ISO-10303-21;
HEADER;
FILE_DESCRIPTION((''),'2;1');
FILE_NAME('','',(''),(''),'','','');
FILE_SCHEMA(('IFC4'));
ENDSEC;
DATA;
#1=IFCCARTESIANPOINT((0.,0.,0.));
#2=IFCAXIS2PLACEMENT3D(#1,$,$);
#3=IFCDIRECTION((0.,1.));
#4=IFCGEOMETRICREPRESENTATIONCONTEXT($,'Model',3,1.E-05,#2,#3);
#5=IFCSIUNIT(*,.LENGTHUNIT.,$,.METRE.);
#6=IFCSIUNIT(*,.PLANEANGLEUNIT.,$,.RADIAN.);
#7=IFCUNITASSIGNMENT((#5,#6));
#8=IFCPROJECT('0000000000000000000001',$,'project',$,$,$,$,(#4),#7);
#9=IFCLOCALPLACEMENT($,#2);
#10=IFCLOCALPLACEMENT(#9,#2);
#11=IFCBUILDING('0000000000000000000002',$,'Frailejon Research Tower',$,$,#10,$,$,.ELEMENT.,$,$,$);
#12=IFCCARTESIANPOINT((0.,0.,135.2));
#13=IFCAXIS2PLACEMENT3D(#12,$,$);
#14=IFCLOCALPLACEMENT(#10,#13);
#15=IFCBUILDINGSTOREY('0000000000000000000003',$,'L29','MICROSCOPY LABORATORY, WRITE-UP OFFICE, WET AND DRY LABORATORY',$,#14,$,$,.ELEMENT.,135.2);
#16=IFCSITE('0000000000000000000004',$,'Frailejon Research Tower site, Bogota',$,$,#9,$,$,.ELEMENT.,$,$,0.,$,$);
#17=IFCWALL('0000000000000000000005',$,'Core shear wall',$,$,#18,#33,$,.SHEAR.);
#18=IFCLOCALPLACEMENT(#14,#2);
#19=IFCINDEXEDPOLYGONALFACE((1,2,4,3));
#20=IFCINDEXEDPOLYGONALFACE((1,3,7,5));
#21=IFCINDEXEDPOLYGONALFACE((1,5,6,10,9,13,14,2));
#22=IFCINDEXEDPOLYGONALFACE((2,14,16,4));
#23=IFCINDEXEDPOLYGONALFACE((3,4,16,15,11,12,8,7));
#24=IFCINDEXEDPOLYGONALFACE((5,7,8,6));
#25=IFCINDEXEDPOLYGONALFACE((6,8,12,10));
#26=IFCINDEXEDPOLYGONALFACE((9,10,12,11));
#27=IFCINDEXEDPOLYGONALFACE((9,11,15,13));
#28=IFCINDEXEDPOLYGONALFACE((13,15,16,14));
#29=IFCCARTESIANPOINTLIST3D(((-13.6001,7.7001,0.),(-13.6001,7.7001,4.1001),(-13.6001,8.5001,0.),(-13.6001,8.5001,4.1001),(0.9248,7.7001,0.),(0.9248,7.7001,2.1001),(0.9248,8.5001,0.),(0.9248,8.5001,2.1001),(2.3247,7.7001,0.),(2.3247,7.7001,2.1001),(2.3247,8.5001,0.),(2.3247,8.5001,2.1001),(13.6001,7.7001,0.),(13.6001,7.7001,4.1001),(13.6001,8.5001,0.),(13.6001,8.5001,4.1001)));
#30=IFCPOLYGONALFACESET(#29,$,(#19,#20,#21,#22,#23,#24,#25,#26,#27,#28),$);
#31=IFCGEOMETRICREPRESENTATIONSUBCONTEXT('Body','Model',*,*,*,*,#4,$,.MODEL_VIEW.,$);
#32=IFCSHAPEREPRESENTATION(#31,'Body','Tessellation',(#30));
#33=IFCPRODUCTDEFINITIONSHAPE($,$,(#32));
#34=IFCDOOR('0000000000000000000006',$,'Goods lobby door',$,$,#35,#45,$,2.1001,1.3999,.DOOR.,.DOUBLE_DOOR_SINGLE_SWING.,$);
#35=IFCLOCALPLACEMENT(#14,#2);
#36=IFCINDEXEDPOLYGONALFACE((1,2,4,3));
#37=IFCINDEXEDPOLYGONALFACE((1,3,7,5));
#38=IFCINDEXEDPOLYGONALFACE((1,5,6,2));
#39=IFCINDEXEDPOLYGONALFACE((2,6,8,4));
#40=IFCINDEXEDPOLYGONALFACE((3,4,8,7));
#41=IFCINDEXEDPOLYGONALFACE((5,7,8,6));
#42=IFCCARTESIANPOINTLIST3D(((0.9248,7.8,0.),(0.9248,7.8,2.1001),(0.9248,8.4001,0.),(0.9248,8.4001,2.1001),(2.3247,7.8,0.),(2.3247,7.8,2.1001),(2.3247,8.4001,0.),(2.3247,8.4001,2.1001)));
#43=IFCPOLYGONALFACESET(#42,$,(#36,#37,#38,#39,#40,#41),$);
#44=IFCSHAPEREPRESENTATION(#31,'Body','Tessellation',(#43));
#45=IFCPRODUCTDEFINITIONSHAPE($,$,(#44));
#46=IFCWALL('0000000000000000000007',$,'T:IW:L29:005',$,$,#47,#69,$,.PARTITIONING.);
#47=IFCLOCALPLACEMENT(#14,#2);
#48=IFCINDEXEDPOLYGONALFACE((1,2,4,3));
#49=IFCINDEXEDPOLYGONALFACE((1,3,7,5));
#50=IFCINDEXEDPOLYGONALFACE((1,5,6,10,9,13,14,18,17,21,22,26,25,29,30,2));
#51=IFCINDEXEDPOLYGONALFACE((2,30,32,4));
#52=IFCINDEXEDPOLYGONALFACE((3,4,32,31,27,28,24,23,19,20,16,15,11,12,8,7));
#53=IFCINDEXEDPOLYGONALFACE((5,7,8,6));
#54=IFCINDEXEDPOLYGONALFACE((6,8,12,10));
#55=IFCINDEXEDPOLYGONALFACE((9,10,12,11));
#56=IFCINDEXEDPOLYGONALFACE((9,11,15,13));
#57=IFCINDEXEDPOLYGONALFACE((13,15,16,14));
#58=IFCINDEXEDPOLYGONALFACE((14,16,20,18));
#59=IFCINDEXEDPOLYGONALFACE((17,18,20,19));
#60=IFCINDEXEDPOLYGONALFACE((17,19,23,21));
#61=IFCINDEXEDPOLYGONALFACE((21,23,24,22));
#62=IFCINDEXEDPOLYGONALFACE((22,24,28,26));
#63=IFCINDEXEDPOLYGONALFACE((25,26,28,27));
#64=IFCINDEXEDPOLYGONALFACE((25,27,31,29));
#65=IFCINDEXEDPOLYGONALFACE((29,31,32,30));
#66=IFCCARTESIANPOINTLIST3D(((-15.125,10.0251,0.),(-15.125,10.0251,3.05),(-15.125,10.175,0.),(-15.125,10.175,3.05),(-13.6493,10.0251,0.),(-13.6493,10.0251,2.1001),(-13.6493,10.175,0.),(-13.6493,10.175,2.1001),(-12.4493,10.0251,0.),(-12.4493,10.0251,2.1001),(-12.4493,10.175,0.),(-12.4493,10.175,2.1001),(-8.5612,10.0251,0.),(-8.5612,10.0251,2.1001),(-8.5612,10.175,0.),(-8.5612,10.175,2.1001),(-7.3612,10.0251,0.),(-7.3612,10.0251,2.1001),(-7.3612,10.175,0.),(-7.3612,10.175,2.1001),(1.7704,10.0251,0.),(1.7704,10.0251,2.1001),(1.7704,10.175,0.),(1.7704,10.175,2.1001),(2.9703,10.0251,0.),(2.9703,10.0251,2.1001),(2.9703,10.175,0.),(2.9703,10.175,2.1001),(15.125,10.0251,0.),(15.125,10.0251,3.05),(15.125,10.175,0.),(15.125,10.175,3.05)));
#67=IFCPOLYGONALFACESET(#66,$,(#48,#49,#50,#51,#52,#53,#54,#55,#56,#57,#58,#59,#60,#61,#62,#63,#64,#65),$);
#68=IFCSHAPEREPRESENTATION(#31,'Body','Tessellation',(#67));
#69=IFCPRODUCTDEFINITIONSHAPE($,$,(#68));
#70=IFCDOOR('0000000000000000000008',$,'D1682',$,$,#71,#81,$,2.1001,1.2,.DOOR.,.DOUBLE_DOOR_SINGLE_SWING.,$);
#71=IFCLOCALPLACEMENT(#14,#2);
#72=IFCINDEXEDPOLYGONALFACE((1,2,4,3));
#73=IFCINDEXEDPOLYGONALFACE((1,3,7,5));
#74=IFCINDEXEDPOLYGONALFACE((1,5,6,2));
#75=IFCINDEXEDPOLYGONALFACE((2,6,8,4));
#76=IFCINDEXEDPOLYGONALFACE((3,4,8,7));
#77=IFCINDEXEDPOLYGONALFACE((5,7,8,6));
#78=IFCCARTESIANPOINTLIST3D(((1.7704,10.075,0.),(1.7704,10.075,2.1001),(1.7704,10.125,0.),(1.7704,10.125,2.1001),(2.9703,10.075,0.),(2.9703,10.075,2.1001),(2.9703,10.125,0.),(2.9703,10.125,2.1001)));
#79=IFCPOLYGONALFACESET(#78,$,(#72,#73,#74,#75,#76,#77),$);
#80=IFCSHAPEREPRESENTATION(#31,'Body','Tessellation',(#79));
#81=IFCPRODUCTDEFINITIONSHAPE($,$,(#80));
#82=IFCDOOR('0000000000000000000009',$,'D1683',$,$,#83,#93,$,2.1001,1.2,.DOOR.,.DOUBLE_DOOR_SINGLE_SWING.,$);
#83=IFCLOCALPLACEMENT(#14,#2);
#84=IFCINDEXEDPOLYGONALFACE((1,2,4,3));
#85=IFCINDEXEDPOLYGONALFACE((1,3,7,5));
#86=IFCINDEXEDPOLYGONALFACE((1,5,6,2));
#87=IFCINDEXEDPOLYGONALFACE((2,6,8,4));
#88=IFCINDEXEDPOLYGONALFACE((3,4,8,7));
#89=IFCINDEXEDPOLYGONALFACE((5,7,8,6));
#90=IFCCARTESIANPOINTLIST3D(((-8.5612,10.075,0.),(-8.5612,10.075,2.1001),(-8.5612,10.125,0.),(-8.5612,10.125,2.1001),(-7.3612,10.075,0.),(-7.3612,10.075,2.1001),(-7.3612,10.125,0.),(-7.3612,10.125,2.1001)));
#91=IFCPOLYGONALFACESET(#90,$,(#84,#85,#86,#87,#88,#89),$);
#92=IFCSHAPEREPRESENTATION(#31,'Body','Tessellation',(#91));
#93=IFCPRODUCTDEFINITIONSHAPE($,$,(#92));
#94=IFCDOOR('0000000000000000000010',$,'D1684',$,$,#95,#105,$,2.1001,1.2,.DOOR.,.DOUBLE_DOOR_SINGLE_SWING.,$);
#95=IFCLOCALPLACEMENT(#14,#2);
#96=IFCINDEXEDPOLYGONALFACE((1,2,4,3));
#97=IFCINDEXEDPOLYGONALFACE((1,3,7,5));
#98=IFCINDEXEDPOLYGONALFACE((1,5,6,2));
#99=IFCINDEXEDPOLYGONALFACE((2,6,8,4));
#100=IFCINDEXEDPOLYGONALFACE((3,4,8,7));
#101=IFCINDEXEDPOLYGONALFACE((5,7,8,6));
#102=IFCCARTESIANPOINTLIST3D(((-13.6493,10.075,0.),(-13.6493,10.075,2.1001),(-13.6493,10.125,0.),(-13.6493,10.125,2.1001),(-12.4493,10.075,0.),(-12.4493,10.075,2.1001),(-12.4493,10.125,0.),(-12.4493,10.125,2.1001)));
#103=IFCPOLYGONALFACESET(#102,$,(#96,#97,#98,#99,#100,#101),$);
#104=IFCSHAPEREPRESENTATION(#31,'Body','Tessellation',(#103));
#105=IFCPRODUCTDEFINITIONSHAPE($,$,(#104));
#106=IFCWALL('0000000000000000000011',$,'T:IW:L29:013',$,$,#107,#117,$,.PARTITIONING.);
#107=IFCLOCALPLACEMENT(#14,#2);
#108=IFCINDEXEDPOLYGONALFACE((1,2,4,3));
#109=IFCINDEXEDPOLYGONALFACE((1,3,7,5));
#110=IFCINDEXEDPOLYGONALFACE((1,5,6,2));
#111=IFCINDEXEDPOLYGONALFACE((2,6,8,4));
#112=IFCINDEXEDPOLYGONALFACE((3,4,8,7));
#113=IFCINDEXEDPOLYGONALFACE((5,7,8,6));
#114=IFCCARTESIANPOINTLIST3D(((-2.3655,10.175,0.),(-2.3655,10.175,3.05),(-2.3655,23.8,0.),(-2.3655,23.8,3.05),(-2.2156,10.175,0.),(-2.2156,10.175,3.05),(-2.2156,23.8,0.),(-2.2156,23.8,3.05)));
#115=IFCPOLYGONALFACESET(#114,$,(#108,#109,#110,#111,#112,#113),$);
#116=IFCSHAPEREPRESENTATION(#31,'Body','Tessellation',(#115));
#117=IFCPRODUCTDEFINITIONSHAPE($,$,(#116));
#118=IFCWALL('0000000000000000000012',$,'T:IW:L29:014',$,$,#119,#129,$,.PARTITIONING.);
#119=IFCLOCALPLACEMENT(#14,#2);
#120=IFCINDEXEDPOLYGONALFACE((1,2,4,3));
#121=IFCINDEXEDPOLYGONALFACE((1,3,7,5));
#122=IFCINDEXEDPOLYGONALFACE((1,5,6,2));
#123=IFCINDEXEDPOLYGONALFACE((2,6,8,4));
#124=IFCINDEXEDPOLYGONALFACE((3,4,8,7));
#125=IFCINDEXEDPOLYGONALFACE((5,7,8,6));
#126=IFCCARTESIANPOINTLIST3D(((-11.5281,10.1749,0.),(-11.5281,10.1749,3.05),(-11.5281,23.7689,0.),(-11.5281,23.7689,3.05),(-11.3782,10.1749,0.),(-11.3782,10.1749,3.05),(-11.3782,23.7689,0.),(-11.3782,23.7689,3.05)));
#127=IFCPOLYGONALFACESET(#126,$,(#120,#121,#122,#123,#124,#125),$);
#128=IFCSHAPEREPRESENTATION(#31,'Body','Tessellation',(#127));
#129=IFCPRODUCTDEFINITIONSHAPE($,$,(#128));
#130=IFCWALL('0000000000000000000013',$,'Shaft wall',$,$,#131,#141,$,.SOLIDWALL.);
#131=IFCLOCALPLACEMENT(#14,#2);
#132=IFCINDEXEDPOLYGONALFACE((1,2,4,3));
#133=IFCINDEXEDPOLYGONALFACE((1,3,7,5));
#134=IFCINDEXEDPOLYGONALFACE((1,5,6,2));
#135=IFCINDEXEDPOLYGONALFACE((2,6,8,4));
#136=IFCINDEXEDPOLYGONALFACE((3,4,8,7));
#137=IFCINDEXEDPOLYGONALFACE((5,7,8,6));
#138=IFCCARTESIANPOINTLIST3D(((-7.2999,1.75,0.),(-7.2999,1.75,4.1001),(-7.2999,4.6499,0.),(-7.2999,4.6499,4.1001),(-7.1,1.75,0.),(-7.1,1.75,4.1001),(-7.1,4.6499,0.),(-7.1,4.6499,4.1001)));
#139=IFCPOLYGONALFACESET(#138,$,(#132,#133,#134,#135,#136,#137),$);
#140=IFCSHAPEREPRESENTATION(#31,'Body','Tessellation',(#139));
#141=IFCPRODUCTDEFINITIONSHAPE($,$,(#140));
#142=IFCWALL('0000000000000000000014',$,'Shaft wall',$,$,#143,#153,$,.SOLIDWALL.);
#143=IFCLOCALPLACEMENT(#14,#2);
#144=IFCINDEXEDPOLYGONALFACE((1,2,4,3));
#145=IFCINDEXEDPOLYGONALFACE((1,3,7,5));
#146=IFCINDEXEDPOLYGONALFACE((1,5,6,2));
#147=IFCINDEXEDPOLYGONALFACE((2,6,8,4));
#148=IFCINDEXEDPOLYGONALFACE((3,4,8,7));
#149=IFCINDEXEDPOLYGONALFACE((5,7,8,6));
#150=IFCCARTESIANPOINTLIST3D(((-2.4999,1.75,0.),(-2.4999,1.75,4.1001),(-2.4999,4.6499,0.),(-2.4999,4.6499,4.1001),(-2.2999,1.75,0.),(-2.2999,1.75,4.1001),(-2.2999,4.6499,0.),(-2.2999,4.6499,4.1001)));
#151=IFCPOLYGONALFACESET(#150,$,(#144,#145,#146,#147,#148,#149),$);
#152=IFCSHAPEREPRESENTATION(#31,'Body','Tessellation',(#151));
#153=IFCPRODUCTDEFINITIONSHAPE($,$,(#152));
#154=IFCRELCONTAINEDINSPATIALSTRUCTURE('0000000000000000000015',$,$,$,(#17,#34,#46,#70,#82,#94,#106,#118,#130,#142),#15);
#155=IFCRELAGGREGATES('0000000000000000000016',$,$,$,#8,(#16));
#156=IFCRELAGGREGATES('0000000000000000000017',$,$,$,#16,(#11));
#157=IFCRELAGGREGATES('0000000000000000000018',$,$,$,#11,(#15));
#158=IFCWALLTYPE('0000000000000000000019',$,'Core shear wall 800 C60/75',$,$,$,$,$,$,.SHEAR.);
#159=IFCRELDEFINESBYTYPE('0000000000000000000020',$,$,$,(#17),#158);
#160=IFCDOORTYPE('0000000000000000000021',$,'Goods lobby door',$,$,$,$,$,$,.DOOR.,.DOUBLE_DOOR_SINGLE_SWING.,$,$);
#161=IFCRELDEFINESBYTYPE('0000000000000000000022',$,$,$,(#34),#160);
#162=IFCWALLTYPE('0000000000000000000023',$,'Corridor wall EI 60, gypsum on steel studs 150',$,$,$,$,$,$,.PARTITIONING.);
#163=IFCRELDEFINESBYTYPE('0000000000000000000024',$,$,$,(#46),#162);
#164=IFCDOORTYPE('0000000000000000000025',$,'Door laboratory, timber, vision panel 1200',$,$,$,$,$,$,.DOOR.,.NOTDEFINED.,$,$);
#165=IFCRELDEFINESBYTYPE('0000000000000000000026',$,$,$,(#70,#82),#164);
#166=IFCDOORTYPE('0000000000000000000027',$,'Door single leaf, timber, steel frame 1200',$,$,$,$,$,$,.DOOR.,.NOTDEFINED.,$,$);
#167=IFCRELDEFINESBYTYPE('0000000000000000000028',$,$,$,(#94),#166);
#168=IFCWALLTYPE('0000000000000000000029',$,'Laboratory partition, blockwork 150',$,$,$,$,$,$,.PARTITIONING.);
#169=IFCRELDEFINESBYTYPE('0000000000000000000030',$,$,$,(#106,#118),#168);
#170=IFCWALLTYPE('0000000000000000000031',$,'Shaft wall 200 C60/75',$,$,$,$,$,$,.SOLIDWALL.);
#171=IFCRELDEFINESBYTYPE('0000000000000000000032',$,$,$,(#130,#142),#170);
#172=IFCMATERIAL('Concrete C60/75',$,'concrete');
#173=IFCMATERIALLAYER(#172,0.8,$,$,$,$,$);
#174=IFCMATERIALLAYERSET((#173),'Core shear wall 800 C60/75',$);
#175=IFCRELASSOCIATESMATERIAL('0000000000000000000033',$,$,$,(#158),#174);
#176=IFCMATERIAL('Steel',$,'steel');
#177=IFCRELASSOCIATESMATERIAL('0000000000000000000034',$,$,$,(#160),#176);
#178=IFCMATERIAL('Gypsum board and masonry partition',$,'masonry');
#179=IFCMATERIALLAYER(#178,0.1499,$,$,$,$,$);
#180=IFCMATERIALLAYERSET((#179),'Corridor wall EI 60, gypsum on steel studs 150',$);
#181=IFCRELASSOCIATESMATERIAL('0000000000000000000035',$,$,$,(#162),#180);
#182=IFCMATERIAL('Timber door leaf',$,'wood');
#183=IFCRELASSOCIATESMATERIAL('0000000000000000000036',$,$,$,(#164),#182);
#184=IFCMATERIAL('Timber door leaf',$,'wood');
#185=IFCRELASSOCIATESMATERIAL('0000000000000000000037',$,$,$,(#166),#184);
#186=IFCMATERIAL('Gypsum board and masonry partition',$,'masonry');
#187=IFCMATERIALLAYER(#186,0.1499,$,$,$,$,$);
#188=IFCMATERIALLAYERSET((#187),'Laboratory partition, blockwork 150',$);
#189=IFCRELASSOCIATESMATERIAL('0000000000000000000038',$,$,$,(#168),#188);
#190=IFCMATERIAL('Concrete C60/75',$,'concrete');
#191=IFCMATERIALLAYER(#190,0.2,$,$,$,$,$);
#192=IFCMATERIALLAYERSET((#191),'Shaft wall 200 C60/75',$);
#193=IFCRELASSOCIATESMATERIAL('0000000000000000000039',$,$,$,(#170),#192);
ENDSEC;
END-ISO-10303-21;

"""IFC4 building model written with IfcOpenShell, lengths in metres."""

from ifc_helpers import new_model, si_unit, direction, frame, frame_2d, origin, place, context, subcontext, project, spatial, rectangle, extrude, material, layer, layer_set, type_object, element, fill, save


model = new_model("IFC4")

# Units and contexts
model_context = context("Model", 3, precision=1e-05, world=origin(), true_north=direction((0.0, 1.0)))
body_context = subcontext(model_context, "Body", "Model", "MODEL_VIEW")
ifc_project = project(units=[si_unit("LENGTHUNIT", "METRE"), si_unit("PLANEANGLEUNIT", "RADIAN")], contexts=[model_context])

# Site, building, storey
site_placement = place(None, origin())
site = spatial("IfcSite", under=ifc_project, at=site_placement, Name="Frailejon Research Tower site, Bogota", CompositionType="ELEMENT", RefElevation=0.0)
building_placement = place(site_placement, origin())
building = spatial("IfcBuilding", under=site, at=building_placement, Name="Frailejon Research Tower", CompositionType="ELEMENT")
storey_placement = place(building_placement, frame((0.0, 0.0, 135.2)))
storey = spatial("IfcBuildingStorey", under=building, at=storey_placement, Name="L29", Description="MICROSCOPY LABORATORY, WRITE-UP OFFICE, WET AND DRY LABORATORY", CompositionType="ELEMENT", Elevation=135.2)

# Wall, opening, door
ifc_material_1 = material(Name="Concrete C60/75", Category="concrete")
ifc_layer_1 = layer(ifc_material_1, 0.8)
ifc_layer_set_1 = layer_set([ifc_layer_1], Name="Core shear wall 800 C60/75")
wall_type_1 = type_object("IfcWallType", Name="Core shear wall 800 C60/75", PredefinedType="SHEAR", material=ifc_layer_set_1)
wall_1_placement = place(storey_placement, frame((-13.6001, 8.1001, 0.0), z_axis=(0.0, 0.0, 1.0), x_axis=(1.0, 0.0, 0.0)))
wall_1 = element("IfcWall", 1, at=wall_1_placement, inside=storey, type_object=wall_type_1, Name="Core shear wall", PredefinedType="SHEAR", context=body_context, shape_type="SweptSolid", body=[
    extrude(rectangle(XDim=27.2002, YDim=0.8, at=frame_2d((13.6001, 0.0))), origin(), (0.0, 0.0, 1.0), 4.1001),
])
opening_1_placement = place(wall_1_placement, frame((14.5249, 0.0, 0.0)))
opening_1 = element("IfcOpeningElement", 2, at=opening_1_placement, cuts=wall_1, PredefinedType="OPENING", context=body_context, shape_type="SweptSolid", body=[
    extrude(rectangle(XDim=1.3999, YDim=2.1001, at=frame_2d((0.7, 1.05))), frame((0.0, 0.4099, 0.0), z_axis=(0.0, -1.0, 0.0), x_axis=(1.0, 0.0, 0.0)), (0.0, 0.0, 1.0), 0.8201),
])
ifc_material_2 = material(Name="Steel", Category="steel")
door_type_1 = type_object("IfcDoorType", Name="Goods lobby door", OperationType="DOUBLE_DOOR_SINGLE_SWING", PredefinedType="DOOR", material=ifc_material_2)
door_1_placement = place(opening_1_placement, origin())
door_1 = element("IfcDoor", 3, at=door_1_placement, inside=storey, type_object=door_type_1, Name="Goods lobby door", OperationType="DOUBLE_DOOR_SINGLE_SWING", OverallHeight=2.1001, OverallWidth=1.3999, PredefinedType="DOOR", context=body_context, shape_type="SweptSolid", body=[
    extrude(rectangle(XDim=1.3999, YDim=2.1001, at=frame_2d((0.7, 1.05))), frame((0.0, 0.3, 0.0), z_axis=(0.0, -1.0, 0.0), x_axis=(1.0, 0.0, 0.0)), (0.0, 0.0, 1.0), 0.6001),
])
fill(opening_1, door_1)

# Wall, openings, doors
ifc_material_3 = material(Name="Gypsum board and masonry partition", Category="masonry")
ifc_layer_2 = layer(ifc_material_3, 0.1499)
ifc_layer_set_2 = layer_set([ifc_layer_2], Name="Corridor wall EI 60, gypsum on steel studs 150")
wall_type_2 = type_object("IfcWallType", Name="Corridor wall EI 60, gypsum on steel studs 150", PredefinedType="PARTITIONING", material=ifc_layer_set_2)
wall_2_placement = place(storey_placement, frame((-15.125, 10.1001, 0.0), z_axis=(0.0, 0.0, 1.0), x_axis=(1.0, 0.0, 0.0)))
wall_2 = element("IfcWall", 4, at=wall_2_placement, inside=storey, type_object=wall_type_2, Name="T:IW:L29:005", PredefinedType="PARTITIONING", context=body_context, shape_type="SweptSolid", body=[
    extrude(rectangle(XDim=30.25, YDim=0.1499, at=frame_2d((15.125, 0.0))), origin(), (0.0, 0.0, 1.0), 3.05),
])
opening_2_placement = place(wall_2_placement, frame((16.8953, 0.0, 0.0)))
opening_2 = element("IfcOpeningElement", 5, at=opening_2_placement, cuts=wall_2, PredefinedType="OPENING", context=body_context, shape_type="SweptSolid", body=[
    extrude(rectangle(XDim=1.2, YDim=2.1001, at=frame_2d((0.6001, 1.05))), frame((0.0, 0.085, 0.0), z_axis=(0.0, -1.0, 0.0), x_axis=(1.0, 0.0, 0.0)), (0.0, 0.0, 1.0), 0.1699),
])
opening_3_placement = place(wall_2_placement, frame((6.5637, 0.0, 0.0)))
opening_3 = element("IfcOpeningElement", 6, at=opening_3_placement, cuts=wall_2, PredefinedType="OPENING", context=body_context, shape_type="SweptSolid", body=[
    extrude(rectangle(XDim=1.2, YDim=2.1001, at=frame_2d((0.6001, 1.05))), frame((0.0, 0.085, 0.0), z_axis=(0.0, -1.0, 0.0), x_axis=(1.0, 0.0, 0.0)), (0.0, 0.0, 1.0), 0.1699),
])
opening_4_placement = place(wall_2_placement, frame((1.4756, 0.0, 0.0)))
opening_4 = element("IfcOpeningElement", 7, at=opening_4_placement, cuts=wall_2, PredefinedType="OPENING", context=body_context, shape_type="SweptSolid", body=[
    extrude(rectangle(XDim=1.2, YDim=2.1001, at=frame_2d((0.6001, 1.05))), frame((0.0, 0.085, 0.0), z_axis=(0.0, -1.0, 0.0), x_axis=(1.0, 0.0, 0.0)), (0.0, 0.0, 1.0), 0.1699),
])
ifc_material_4 = material(Name="Timber door leaf", Category="wood")
door_type_2 = type_object("IfcDoorType", Name="Door laboratory, timber, vision panel 1200", OperationType="NOTDEFINED", PredefinedType="DOOR", material=ifc_material_4)
door_2_placement = place(opening_2_placement, origin())
door_2 = element("IfcDoor", 8, at=door_2_placement, inside=storey, type_object=door_type_2, Name="D1682", OperationType="DOUBLE_DOOR_SINGLE_SWING", OverallHeight=2.1001, OverallWidth=1.2, PredefinedType="DOOR", context=body_context, shape_type="SweptSolid", body=[
    extrude(rectangle(XDim=1.2, YDim=2.1001, at=frame_2d((0.6001, 1.05))), frame((0.0, 0.0249, 0.0), z_axis=(0.0, -1.0, 0.0), x_axis=(1.0, 0.0, 0.0)), (0.0, 0.0, 1.0), 0.05),
])
fill(opening_2, door_2)
door_3_placement = place(opening_3_placement, origin())
door_3 = element("IfcDoor", 9, at=door_3_placement, inside=storey, type_object=door_type_2, Name="D1683", OperationType="DOUBLE_DOOR_SINGLE_SWING", OverallHeight=2.1001, OverallWidth=1.2, PredefinedType="DOOR", context=body_context, shape_type="SweptSolid", body=[
    extrude(rectangle(XDim=1.2, YDim=2.1001, at=frame_2d((0.6001, 1.05))), frame((0.0, 0.0249, 0.0), z_axis=(0.0, -1.0, 0.0), x_axis=(1.0, 0.0, 0.0)), (0.0, 0.0, 1.0), 0.05),
])
fill(opening_3, door_3)
ifc_material_5 = material(Name="Timber door leaf", Category="wood")
door_type_3 = type_object("IfcDoorType", Name="Door single leaf, timber, steel frame 1200", OperationType="NOTDEFINED", PredefinedType="DOOR", material=ifc_material_5)
door_4_placement = place(opening_4_placement, origin())
door_4 = element("IfcDoor", 10, at=door_4_placement, inside=storey, type_object=door_type_3, Name="D1684", OperationType="DOUBLE_DOOR_SINGLE_SWING", OverallHeight=2.1001, OverallWidth=1.2, PredefinedType="DOOR", context=body_context, shape_type="SweptSolid", body=[
    extrude(rectangle(XDim=1.2, YDim=2.1001, at=frame_2d((0.6001, 1.05))), frame((0.0, 0.0249, 0.0), z_axis=(0.0, -1.0, 0.0), x_axis=(1.0, 0.0, 0.0)), (0.0, 0.0, 1.0), 0.05),
])
fill(opening_4, door_4)

# Walls
ifc_material_6 = material(Name="Gypsum board and masonry partition", Category="masonry")
ifc_layer_3 = layer(ifc_material_6, 0.1499)
ifc_layer_set_3 = layer_set([ifc_layer_3], Name="Laboratory partition, blockwork 150")
wall_type_3 = type_object("IfcWallType", Name="Laboratory partition, blockwork 150", PredefinedType="PARTITIONING", material=ifc_layer_set_3)
wall_3_placement = place(storey_placement, frame((-2.2905, 10.175, 0.0), z_axis=(0.0, 0.0, 1.0), x_axis=(0.0, 1.0, 0.0)))
element("IfcWall", 11, at=wall_3_placement, inside=storey, type_object=wall_type_3, Name="T:IW:L29:013", PredefinedType="PARTITIONING", context=body_context, shape_type="SweptSolid", body=[
    extrude(rectangle(XDim=13.625, YDim=0.1499, at=frame_2d((6.8125, 0.0))), origin(), (0.0, 0.0, 1.0), 3.05),
])
wall_4_placement = place(storey_placement, frame((-11.4531, 10.175, 0.0), z_axis=(0.0, 0.0, 1.0), x_axis=(0.0, 1.0, 0.0)))
element("IfcWall", 12, at=wall_4_placement, inside=storey, type_object=wall_type_3, Name="T:IW:L29:014", PredefinedType="PARTITIONING", context=body_context, shape_type="SweptSolid", body=[
    extrude(rectangle(XDim=13.594, YDim=0.1499, at=frame_2d((6.7969, 0.0))), origin(), (0.0, 0.0, 1.0), 3.05),
])
ifc_material_7 = material(Name="Concrete C60/75", Category="concrete")
ifc_layer_4 = layer(ifc_material_7, 0.2)
ifc_layer_set_4 = layer_set([ifc_layer_4], Name="Shaft wall 200 C60/75")
wall_type_4 = type_object("IfcWallType", Name="Shaft wall 200 C60/75", PredefinedType="SOLIDWALL", material=ifc_layer_set_4)
for number, where, z_axis, x_axis, name in (
    (13, (-7.2, 1.75, 0.0), (0.0, 0.0, 1.0), (0.0, 1.0, 0.0), "Shaft wall"),
    (14, (-2.3999, 1.75, 0.0), (0.0, 0.0, 1.0), (0.0, 1.0, 0.0), "Shaft wall"),
):
    element("IfcWall", number, at=place(storey_placement, frame(where, z_axis=z_axis, x_axis=x_axis)), inside=storey, type_object=wall_type_4, Name=name, PredefinedType="SOLIDWALL", context=body_context, shape_type="SweptSolid", body=[
        extrude(rectangle(XDim=2.8999, YDim=0.2, at=frame_2d((1.45, 0.0))), origin(), (0.0, 0.0, 1.0), 4.1001),
    ])

save(model, "model.ifc")
